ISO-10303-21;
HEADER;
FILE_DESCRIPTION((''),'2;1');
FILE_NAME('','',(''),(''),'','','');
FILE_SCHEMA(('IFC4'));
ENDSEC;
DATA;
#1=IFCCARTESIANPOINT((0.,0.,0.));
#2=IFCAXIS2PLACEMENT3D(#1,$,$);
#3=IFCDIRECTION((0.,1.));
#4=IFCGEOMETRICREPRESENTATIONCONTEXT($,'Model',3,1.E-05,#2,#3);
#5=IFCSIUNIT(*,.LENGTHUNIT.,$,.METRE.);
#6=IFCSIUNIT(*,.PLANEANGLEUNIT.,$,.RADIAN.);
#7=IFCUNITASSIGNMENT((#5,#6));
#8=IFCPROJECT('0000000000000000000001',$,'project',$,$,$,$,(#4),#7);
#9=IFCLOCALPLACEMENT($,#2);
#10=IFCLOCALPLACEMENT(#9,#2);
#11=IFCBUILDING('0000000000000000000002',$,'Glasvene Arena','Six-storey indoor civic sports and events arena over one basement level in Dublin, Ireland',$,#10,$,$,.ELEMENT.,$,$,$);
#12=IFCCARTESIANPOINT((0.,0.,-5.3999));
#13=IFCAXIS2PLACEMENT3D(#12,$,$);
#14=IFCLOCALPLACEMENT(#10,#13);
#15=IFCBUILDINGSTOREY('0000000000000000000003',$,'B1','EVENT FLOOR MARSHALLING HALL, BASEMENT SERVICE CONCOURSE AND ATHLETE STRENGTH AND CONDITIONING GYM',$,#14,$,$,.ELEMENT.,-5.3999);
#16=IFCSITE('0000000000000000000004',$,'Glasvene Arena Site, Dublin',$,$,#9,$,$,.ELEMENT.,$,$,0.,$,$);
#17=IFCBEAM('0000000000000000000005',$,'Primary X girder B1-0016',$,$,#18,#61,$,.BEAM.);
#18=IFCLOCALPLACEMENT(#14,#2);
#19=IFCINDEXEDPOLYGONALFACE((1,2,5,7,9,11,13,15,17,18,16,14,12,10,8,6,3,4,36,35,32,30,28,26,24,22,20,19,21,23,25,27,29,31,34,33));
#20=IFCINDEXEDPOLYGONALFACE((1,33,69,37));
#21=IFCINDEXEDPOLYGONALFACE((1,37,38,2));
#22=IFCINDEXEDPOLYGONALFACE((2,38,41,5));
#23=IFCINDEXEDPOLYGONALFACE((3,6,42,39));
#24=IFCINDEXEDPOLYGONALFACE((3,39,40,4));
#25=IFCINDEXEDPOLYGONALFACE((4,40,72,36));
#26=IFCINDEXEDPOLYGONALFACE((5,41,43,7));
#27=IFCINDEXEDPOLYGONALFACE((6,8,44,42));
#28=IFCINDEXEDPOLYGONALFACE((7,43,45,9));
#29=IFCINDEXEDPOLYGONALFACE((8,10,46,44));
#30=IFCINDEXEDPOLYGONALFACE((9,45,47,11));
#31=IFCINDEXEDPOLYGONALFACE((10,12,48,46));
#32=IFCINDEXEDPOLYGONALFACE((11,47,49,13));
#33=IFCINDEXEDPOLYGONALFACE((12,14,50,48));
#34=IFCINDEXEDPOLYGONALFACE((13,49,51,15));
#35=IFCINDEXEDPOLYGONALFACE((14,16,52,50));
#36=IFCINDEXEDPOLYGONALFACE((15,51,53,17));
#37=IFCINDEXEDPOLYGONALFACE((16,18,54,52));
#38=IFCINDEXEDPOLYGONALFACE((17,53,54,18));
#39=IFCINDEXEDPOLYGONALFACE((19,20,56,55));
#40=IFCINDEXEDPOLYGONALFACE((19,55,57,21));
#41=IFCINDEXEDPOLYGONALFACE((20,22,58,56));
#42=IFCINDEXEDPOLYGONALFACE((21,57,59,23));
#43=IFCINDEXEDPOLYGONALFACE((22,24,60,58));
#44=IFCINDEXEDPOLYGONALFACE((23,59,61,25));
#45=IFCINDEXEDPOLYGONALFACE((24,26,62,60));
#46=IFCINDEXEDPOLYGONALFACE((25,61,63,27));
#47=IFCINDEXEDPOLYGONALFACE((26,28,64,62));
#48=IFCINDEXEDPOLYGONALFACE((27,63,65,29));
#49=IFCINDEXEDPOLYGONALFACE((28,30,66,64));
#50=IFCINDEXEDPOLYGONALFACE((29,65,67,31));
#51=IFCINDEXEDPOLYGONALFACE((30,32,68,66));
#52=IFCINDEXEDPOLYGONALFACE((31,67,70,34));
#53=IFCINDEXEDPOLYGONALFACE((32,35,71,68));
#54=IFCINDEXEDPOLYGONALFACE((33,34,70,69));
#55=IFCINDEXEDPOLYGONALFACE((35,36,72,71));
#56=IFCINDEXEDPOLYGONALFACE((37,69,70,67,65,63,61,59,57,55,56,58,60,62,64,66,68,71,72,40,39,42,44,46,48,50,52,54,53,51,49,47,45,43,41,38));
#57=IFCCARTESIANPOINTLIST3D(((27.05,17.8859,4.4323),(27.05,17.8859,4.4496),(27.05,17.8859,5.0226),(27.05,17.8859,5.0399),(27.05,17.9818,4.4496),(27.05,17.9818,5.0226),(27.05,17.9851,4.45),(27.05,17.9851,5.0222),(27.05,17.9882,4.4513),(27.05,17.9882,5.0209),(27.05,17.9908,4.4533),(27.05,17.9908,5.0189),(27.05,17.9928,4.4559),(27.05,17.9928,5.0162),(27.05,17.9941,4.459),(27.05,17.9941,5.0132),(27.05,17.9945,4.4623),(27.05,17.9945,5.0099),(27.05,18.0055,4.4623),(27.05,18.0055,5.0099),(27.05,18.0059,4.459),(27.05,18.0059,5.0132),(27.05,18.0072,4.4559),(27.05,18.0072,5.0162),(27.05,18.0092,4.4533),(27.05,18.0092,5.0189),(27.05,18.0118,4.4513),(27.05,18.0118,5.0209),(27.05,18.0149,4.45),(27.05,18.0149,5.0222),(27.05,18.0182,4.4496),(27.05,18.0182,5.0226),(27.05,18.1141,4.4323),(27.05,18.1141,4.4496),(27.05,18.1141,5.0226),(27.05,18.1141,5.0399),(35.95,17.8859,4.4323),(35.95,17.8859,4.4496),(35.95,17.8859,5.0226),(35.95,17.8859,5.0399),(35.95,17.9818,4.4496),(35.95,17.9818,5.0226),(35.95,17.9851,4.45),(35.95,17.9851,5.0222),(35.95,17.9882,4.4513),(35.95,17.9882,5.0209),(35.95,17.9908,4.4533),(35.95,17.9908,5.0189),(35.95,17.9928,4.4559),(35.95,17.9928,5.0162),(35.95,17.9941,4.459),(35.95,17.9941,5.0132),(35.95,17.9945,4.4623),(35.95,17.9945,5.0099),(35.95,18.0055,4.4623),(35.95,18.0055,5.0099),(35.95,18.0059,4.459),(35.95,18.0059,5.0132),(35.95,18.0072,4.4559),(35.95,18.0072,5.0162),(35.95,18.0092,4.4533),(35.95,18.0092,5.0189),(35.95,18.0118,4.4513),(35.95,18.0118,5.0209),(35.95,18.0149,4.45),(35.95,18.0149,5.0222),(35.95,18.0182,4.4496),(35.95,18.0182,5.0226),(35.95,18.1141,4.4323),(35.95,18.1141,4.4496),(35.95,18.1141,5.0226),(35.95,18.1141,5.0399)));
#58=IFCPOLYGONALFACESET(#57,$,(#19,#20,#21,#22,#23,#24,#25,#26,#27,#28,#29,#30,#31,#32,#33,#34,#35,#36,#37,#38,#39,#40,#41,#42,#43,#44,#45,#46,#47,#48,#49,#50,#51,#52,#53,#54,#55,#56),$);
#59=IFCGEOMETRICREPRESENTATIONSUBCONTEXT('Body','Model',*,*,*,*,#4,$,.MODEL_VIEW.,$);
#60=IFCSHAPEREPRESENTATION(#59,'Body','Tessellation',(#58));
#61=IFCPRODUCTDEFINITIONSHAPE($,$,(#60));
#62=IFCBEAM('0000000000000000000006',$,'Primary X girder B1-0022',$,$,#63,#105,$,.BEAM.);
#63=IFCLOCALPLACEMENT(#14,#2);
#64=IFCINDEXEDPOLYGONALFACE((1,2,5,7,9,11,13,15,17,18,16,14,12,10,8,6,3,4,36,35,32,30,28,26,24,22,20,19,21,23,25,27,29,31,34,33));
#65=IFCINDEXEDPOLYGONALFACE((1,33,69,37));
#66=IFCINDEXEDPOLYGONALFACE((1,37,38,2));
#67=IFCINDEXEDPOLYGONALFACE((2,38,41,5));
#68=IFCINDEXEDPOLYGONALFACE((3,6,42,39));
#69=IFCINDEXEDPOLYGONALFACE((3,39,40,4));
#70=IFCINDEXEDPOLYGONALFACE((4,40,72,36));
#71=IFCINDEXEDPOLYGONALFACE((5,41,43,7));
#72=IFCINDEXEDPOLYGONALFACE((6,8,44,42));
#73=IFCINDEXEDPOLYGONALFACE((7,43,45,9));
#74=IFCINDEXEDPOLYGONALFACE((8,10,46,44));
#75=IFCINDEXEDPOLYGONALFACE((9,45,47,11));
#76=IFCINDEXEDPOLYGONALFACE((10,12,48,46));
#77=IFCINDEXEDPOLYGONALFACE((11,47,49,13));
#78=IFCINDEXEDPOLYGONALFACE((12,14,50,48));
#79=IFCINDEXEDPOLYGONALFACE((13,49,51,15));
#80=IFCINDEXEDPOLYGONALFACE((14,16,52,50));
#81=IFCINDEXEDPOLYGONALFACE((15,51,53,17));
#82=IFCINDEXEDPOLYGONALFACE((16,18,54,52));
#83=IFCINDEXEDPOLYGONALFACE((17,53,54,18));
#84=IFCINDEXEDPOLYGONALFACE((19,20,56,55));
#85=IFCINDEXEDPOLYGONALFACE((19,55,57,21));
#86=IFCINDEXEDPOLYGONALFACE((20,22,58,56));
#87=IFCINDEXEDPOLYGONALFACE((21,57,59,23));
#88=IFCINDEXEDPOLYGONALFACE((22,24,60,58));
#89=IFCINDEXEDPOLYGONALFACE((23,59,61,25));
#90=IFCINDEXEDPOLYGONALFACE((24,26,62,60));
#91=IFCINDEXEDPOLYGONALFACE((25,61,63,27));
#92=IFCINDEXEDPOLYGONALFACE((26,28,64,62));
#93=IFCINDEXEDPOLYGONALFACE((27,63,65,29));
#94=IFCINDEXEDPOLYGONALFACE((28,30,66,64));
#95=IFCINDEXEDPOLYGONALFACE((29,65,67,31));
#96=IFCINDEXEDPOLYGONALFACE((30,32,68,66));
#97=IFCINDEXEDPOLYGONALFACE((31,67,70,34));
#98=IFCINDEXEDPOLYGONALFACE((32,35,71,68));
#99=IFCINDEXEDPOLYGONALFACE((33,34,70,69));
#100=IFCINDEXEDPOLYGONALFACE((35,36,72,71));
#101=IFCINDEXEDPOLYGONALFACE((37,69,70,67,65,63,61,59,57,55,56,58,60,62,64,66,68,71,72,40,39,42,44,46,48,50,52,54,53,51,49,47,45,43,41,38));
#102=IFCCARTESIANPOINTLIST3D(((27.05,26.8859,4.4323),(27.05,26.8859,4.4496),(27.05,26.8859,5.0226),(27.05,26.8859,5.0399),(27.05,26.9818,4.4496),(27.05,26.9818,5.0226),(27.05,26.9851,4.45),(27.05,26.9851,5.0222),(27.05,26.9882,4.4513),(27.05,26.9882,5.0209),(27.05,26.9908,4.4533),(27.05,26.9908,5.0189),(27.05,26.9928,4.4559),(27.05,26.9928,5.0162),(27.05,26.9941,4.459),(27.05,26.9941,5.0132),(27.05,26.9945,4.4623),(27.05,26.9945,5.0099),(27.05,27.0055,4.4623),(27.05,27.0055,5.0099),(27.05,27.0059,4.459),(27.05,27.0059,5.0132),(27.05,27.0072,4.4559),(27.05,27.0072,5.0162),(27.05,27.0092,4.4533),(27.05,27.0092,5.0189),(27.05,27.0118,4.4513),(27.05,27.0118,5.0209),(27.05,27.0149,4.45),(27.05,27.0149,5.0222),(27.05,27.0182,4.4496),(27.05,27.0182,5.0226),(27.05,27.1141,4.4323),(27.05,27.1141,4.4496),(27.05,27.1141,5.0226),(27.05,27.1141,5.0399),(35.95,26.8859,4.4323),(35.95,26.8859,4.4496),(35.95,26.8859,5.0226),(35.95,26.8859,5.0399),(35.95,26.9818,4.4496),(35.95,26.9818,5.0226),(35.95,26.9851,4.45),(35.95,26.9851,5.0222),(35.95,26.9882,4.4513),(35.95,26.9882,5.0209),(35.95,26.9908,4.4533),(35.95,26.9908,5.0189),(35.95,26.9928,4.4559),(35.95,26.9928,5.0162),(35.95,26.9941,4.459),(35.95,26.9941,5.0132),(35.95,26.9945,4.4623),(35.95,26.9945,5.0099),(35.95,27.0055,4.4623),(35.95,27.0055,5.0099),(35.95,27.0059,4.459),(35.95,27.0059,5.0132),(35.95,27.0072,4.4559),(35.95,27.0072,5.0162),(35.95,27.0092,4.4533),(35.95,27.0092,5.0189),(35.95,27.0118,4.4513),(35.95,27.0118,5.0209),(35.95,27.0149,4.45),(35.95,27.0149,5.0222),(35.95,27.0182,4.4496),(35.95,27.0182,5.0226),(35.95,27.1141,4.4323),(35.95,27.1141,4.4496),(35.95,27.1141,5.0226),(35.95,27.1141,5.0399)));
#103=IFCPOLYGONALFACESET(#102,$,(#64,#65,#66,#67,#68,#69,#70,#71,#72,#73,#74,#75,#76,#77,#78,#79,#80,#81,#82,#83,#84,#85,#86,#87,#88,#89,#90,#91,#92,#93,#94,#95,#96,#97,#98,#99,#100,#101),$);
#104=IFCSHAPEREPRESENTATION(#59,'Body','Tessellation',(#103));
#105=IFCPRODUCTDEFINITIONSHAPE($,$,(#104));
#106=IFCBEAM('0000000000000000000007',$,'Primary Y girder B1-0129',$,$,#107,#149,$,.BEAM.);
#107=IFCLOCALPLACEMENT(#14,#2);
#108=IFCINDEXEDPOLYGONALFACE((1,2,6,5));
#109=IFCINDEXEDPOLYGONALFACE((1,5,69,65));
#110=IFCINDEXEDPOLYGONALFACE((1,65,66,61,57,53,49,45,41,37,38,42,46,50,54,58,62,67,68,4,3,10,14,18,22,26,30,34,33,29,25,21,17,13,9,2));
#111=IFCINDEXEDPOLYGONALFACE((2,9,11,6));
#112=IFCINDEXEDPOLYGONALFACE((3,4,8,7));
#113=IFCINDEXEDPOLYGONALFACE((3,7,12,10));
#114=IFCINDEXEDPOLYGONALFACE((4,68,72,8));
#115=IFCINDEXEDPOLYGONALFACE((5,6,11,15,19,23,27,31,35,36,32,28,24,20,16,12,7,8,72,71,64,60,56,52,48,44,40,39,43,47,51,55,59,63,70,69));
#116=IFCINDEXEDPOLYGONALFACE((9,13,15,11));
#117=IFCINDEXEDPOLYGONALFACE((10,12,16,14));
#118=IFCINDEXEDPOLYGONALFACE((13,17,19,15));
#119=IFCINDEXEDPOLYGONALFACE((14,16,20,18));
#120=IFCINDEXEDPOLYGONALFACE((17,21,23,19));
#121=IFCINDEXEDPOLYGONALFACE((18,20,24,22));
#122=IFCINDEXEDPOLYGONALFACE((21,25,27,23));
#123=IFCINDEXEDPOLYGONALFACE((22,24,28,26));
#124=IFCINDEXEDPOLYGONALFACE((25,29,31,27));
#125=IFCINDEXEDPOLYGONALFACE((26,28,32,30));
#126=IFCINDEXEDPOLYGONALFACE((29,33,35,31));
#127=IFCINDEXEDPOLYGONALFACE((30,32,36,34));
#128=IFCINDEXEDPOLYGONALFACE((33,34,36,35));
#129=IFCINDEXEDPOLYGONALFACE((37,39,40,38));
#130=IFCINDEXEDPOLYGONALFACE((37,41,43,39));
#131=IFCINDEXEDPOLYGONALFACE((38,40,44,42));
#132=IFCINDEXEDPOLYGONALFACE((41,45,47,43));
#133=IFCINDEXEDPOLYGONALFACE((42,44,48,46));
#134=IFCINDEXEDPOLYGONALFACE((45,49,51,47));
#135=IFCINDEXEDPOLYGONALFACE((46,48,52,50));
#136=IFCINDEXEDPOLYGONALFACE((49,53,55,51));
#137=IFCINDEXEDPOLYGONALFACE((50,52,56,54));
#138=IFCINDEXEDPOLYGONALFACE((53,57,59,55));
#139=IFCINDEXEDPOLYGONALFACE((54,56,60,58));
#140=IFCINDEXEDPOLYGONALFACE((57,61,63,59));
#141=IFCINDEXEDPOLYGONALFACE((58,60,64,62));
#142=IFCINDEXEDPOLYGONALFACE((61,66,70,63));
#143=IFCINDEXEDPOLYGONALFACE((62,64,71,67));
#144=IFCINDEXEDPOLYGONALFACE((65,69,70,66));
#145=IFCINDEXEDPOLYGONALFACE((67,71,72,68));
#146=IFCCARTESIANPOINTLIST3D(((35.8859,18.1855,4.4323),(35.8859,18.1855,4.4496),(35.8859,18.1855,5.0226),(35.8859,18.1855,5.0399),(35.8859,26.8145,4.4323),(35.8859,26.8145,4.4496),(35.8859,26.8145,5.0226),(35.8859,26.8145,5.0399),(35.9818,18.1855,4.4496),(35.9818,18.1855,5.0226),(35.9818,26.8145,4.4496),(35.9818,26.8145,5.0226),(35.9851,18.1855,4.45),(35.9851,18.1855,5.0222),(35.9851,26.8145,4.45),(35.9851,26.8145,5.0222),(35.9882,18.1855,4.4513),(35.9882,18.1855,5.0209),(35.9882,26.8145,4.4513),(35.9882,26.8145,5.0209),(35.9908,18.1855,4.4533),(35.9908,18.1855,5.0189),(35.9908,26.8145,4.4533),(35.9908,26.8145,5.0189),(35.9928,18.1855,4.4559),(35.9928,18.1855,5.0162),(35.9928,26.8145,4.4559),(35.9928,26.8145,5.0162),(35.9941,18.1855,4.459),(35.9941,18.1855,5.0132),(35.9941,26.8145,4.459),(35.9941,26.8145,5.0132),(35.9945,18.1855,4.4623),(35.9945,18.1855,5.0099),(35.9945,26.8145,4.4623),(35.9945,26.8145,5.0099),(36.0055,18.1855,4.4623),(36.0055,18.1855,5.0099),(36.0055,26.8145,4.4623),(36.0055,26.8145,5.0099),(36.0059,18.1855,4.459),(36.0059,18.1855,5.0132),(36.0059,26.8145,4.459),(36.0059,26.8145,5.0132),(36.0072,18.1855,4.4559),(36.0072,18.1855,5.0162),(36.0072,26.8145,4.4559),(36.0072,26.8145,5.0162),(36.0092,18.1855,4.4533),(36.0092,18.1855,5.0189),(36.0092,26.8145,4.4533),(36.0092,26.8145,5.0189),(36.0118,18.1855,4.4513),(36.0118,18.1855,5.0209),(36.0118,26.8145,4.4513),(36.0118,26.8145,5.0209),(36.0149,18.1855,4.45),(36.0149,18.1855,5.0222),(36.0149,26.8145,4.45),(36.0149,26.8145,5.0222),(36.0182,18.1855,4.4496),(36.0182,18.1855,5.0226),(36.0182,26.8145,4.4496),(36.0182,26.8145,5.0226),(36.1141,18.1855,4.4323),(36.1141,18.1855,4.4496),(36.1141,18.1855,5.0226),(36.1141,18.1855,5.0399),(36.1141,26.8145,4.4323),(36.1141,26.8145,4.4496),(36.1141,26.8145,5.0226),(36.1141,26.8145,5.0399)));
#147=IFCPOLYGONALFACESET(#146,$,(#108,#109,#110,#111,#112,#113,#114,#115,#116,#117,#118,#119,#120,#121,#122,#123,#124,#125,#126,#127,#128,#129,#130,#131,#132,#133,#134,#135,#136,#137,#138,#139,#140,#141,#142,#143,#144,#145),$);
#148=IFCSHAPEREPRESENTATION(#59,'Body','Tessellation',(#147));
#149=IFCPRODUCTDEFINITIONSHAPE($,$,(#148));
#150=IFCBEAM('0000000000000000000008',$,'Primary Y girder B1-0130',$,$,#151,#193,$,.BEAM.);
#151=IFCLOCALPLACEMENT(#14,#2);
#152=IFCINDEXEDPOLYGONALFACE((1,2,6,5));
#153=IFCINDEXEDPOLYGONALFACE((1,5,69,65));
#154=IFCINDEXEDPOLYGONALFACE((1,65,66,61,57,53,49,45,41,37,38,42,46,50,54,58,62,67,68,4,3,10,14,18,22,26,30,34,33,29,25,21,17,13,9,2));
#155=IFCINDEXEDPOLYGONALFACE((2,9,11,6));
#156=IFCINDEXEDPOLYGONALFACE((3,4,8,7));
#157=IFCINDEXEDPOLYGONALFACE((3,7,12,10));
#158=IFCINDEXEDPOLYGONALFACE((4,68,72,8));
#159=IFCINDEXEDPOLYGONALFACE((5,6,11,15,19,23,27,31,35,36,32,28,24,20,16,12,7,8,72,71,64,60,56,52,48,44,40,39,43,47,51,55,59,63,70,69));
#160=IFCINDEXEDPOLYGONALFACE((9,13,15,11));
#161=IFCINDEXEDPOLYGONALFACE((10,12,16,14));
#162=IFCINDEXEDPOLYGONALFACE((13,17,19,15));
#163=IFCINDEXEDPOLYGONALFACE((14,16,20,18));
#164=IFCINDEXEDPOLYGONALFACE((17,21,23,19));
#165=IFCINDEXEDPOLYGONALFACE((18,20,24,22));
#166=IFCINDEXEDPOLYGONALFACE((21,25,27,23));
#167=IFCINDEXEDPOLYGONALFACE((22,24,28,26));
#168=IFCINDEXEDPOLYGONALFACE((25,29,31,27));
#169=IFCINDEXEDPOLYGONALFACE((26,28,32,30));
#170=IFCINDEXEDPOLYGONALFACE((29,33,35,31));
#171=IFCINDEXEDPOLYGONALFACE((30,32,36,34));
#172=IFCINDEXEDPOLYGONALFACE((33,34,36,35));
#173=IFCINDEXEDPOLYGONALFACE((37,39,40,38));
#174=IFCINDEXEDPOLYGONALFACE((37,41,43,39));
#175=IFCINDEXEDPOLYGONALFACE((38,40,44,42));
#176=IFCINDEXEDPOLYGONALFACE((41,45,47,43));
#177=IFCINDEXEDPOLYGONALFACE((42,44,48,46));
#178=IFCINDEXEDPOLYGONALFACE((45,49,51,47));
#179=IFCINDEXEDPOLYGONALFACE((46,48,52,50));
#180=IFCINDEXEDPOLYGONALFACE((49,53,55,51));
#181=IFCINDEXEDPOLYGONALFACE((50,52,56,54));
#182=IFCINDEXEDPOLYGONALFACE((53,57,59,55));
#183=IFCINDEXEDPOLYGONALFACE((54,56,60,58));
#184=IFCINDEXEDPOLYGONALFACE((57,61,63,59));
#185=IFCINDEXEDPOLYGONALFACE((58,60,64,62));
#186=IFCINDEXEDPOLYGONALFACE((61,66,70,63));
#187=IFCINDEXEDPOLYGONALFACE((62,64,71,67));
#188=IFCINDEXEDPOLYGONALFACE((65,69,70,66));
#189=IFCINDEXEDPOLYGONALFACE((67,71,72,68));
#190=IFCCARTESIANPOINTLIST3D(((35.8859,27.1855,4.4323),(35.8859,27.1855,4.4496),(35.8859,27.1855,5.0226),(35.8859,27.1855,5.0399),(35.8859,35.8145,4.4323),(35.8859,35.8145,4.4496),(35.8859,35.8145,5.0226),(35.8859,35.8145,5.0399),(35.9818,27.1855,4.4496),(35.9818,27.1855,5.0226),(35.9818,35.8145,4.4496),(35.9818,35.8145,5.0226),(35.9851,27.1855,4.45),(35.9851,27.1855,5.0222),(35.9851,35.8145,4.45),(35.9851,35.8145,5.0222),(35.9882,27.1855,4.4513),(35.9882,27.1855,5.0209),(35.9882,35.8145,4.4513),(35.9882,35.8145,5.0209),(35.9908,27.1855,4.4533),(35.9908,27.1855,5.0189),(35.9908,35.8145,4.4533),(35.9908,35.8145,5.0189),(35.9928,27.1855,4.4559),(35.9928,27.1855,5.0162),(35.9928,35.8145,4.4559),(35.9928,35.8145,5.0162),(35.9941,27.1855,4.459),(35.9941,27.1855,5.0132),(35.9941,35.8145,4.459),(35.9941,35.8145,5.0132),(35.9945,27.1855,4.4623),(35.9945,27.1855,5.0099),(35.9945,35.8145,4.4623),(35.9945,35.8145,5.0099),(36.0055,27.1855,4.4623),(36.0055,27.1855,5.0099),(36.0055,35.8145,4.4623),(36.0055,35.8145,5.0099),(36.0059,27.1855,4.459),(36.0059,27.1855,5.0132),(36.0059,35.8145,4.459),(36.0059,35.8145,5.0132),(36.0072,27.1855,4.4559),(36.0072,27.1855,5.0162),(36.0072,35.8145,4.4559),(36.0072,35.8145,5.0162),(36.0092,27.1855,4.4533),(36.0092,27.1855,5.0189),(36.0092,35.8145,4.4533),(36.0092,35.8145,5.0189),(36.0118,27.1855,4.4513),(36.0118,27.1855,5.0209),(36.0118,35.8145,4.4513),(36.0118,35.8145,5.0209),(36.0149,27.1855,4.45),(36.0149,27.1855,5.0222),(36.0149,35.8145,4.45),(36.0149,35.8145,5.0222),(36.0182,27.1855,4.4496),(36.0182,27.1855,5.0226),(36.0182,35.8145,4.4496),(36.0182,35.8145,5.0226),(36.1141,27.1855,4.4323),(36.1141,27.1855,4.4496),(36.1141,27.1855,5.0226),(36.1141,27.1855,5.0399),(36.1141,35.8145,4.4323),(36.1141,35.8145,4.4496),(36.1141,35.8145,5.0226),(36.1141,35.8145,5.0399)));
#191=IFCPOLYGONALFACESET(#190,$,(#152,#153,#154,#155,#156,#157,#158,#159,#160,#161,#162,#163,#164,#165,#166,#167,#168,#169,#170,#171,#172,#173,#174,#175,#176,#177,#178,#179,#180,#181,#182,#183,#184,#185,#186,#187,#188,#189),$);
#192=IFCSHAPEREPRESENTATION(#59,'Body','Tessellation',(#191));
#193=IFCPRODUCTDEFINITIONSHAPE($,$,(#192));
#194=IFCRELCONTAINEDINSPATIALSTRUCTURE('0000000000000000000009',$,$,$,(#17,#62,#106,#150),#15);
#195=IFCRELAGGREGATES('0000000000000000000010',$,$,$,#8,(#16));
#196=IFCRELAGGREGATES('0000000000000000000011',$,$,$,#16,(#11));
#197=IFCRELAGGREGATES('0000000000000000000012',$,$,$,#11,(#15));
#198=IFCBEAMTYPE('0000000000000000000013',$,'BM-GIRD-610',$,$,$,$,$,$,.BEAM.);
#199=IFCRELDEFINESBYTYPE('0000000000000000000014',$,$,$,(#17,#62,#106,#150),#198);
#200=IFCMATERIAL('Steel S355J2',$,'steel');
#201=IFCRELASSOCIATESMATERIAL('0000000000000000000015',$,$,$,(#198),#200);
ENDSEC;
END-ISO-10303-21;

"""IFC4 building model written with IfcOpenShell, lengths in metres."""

from ifc_helpers import new_model, si_unit, direction, frame, origin, origin_2d, place, context, subcontext, project, spatial, i_section, extrude, material, material_profile, profile_set, type_object, element, save


model = new_model("IFC4")

# Units and contexts
model_context = context("Model", 3, precision=1e-05, world=origin(), true_north=direction((0.0, 1.0)))
body_context = subcontext(model_context, "Body", "Model", "MODEL_VIEW")
ifc_project = project(units=[si_unit("LENGTHUNIT", "METRE"), si_unit("PLANEANGLEUNIT", "RADIAN")], contexts=[model_context])

# Site, building, storey
site_placement = place(None, origin())
site = spatial("IfcSite", under=ifc_project, at=site_placement, Name="Glasvene Arena Site, Dublin", CompositionType="ELEMENT", RefElevation=0.0)
building_placement = place(site_placement, origin())
building = spatial("IfcBuilding", under=site, at=building_placement, Name="Glasvene Arena", Description="Six-storey indoor civic sports and events arena over one basement level in Dublin, Ireland", CompositionType="ELEMENT")
storey_placement = place(building_placement, frame((0.0, 0.0, -5.3999)))
storey = spatial("IfcBuildingStorey", under=building, at=storey_placement, Name="B1", Description="EVENT FLOOR MARSHALLING HALL, BASEMENT SERVICE CONCOURSE AND ATHLETE STRENGTH AND CONDITIONING GYM", CompositionType="ELEMENT", Elevation=-5.3999)

# Shared definitions
ifc_material_1 = material(Name="Steel S355J2", Category="steel")

# Beams
ifc_material_profile_1 = material_profile(ifc_material_1, i_section(OverallWidth=0.2283, OverallDepth=0.6077, WebThickness=0.011, FlangeThickness=0.0173, FilletRadius=0.0127, at=origin_2d()), Name="UKB 610x229x113")
ifc_profile_set_1 = profile_set([ifc_material_profile_1], Name="Steel S355J2")
beam_type_1 = type_object("IfcBeamType", Name="BM-GIRD-610", PredefinedType="BEAM", material=ifc_profile_set_1)
for number, where, z_axis, x_axis, name in (
    (1, (27.05, 18.0, 4.7361), (1.0, 0.0, 0.0), (0.0, 1.0, 0.0), "Primary X girder B1-0016"),
    (2, (27.05, 27.0, 4.7361), (1.0, 0.0, 0.0), (0.0, 1.0, 0.0), "Primary X girder B1-0022"),
):
    element("IfcBeam", number, at=place(storey_placement, frame(where, z_axis=z_axis, x_axis=x_axis)), inside=storey, type_object=beam_type_1, Name=name, PredefinedType="BEAM", context=body_context, shape_type="SweptSolid", body=[
        extrude(i_section(OverallWidth=0.2283, OverallDepth=0.6077, WebThickness=0.011, FlangeThickness=0.0173, FilletRadius=0.0127, at=origin_2d()), origin(), (0.0, 0.0, 1.0), 8.8999),
    ])
for number, where, z_axis, x_axis, name in (
    (3, (36.0, 18.1855, 4.7361), (0.0, 1.0, 0.0), (-1.0, 0.0, 0.0), "Primary Y girder B1-0129"),
    (4, (36.0, 27.1855, 4.7361), (0.0, 1.0, 0.0), (-1.0, 0.0, 0.0), "Primary Y girder B1-0130"),
):
    element("IfcBeam", number, at=place(storey_placement, frame(where, z_axis=z_axis, x_axis=x_axis)), inside=storey, type_object=beam_type_1, Name=name, PredefinedType="BEAM", context=body_context, shape_type="SweptSolid", body=[
        extrude(i_section(OverallWidth=0.2283, OverallDepth=0.6077, WebThickness=0.011, FlangeThickness=0.0173, FilletRadius=0.0127, at=origin_2d()), origin(), (0.0, 0.0, 1.0), 8.6289),
    ])

save(model, "model.ifc")
